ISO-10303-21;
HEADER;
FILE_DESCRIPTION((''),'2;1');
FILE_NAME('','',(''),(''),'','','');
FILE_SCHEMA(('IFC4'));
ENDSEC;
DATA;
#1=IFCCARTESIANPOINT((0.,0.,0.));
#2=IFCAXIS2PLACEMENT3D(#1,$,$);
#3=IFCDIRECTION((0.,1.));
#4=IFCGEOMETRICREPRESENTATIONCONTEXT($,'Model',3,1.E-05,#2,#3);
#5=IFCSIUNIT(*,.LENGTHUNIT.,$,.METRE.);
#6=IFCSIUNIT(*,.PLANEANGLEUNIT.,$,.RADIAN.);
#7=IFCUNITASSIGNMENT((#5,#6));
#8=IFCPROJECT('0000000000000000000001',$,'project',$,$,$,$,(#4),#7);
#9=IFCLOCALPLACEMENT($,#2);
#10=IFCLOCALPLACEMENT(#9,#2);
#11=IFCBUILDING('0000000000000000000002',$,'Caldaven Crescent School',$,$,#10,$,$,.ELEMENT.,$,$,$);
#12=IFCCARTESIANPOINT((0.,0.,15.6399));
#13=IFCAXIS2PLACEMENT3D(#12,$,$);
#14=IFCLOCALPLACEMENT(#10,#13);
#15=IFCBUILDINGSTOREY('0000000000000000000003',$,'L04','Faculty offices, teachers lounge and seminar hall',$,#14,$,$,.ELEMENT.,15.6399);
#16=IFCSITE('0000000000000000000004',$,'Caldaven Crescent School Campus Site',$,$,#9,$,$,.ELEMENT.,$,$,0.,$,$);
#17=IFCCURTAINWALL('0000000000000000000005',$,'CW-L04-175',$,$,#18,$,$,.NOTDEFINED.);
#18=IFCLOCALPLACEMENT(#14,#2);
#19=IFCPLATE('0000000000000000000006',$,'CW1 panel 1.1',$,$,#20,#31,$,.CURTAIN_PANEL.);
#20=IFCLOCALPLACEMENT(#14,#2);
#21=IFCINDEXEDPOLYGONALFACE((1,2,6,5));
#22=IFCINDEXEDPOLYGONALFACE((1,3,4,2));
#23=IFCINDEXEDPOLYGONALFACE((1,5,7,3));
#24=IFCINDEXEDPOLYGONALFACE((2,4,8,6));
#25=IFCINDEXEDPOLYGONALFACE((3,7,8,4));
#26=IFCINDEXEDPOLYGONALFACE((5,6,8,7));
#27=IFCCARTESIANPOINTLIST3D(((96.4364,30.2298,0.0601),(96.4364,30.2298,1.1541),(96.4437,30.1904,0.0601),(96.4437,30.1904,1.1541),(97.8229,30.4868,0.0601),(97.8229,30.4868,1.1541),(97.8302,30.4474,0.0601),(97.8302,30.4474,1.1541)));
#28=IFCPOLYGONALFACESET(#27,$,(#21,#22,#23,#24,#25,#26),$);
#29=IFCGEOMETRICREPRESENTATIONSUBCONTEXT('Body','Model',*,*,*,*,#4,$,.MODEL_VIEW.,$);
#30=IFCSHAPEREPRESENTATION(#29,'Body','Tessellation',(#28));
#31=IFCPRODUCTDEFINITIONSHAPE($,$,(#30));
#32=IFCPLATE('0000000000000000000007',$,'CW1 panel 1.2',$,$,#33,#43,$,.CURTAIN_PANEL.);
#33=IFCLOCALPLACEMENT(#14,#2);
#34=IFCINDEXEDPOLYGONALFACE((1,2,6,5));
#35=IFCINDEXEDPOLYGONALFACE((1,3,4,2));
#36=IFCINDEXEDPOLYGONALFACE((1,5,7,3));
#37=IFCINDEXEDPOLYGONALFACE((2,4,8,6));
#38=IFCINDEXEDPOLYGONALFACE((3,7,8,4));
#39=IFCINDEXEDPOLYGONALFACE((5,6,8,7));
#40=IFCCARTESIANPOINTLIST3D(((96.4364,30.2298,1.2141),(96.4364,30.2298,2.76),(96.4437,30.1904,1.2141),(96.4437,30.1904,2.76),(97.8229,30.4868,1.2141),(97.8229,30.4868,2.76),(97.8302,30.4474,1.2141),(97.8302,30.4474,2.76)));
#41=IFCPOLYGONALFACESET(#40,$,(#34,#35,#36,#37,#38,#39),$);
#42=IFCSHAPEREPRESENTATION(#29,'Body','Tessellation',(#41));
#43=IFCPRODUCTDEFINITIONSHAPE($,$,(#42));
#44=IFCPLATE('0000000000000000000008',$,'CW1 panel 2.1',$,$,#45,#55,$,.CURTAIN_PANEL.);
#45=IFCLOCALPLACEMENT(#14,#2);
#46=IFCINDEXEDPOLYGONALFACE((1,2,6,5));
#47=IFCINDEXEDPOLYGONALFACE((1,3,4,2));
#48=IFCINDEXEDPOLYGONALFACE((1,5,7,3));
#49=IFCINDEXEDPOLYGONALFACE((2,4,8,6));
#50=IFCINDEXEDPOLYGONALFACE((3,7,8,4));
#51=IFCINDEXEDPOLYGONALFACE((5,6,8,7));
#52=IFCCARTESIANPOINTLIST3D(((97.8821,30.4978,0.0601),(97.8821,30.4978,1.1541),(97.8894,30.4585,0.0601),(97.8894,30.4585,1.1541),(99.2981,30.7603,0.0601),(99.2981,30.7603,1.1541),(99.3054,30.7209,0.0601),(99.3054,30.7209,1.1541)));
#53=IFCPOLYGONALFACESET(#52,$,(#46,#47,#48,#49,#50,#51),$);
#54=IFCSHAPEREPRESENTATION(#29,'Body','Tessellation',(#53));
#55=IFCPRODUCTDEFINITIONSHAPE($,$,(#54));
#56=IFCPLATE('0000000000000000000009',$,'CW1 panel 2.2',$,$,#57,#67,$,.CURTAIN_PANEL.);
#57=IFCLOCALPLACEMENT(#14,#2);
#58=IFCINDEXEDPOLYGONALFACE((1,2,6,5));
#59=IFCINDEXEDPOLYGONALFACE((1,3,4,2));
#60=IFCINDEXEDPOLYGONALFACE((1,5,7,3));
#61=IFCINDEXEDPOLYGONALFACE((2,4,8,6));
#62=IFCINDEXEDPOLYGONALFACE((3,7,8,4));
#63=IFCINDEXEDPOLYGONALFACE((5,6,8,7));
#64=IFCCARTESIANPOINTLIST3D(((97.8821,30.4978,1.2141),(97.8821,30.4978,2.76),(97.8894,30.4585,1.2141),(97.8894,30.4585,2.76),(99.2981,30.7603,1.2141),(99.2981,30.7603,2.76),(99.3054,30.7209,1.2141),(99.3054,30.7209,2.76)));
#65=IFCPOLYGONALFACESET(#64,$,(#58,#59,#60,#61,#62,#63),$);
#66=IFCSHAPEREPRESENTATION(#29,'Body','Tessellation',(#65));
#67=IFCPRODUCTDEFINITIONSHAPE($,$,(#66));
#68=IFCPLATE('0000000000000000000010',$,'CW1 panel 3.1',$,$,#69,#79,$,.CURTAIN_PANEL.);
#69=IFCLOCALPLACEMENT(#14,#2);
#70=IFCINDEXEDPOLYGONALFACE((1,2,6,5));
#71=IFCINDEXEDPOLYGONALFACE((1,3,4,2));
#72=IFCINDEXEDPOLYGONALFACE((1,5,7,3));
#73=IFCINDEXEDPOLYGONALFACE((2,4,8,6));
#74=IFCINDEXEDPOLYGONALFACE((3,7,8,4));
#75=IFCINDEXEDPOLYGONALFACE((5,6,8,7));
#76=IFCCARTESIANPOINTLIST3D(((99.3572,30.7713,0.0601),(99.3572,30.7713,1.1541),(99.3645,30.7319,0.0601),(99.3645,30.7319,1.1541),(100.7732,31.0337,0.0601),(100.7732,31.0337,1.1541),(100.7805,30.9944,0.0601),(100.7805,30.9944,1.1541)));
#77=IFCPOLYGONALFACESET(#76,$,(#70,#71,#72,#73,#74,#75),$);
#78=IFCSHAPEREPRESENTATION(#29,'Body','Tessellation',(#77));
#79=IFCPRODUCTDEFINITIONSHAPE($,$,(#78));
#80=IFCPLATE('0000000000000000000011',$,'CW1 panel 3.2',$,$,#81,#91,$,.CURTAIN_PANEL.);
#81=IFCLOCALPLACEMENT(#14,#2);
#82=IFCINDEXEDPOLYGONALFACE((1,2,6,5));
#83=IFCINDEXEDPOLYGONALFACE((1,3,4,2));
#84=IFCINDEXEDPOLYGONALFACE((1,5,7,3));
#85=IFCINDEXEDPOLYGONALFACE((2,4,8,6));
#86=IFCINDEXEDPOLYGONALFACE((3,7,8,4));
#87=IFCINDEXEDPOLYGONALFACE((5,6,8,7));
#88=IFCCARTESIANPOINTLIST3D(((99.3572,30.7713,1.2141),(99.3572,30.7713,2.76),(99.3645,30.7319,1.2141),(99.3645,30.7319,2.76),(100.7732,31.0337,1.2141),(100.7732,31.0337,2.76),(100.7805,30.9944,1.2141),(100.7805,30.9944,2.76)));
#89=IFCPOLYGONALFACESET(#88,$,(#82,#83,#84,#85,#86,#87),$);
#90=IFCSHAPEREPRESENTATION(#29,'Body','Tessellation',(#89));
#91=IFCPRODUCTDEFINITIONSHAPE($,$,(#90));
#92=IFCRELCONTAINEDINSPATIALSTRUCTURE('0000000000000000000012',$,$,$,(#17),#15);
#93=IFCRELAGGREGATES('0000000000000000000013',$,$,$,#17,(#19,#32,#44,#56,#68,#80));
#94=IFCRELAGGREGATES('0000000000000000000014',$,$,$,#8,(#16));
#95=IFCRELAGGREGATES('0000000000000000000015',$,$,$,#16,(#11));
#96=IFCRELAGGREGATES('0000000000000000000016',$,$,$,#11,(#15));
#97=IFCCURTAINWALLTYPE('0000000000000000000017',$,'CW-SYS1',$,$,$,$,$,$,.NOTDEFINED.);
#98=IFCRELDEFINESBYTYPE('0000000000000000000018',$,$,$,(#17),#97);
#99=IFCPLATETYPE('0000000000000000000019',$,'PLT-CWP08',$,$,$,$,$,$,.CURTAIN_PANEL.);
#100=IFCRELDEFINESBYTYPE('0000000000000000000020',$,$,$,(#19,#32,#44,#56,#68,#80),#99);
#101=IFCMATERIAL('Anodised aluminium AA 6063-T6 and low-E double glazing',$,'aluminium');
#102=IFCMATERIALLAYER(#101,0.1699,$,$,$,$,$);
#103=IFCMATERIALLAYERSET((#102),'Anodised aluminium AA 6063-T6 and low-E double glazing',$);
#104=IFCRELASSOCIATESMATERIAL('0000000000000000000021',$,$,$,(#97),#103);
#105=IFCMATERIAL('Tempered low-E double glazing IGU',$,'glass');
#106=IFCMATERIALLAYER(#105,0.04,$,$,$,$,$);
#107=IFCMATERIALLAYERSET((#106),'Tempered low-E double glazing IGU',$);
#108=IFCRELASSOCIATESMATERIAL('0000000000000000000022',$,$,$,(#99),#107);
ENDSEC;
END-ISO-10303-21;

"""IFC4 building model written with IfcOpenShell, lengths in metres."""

from ifc_helpers import new_model, si_unit, direction, frame, origin, origin_2d, place, context, subcontext, project, spatial, rectangle, extrude, material, layer, layer_set, type_object, element, aggregate, save


model = new_model("IFC4")

# Units and contexts
model_context = context("Model", 3, precision=1e-05, world=origin(), true_north=direction((0.0, 1.0)))
body_context = subcontext(model_context, "Body", "Model", "MODEL_VIEW")
ifc_project = project(units=[si_unit("LENGTHUNIT", "METRE"), si_unit("PLANEANGLEUNIT", "RADIAN")], contexts=[model_context])

# Site, building, storey
site_placement = place(None, origin())
site = spatial("IfcSite", under=ifc_project, at=site_placement, Name="Caldaven Crescent School Campus Site", CompositionType="ELEMENT", RefElevation=0.0)
building_placement = place(site_placement, origin())
building = spatial("IfcBuilding", under=site, at=building_placement, Name="Caldaven Crescent School", CompositionType="ELEMENT")
storey_placement = place(building_placement, frame((0.0, 0.0, 15.6399)))
storey = spatial("IfcBuildingStorey", under=building, at=storey_placement, Name="L04", Description="Faculty offices, teachers lounge and seminar hall", CompositionType="ELEMENT", Elevation=15.6399)

# Curtain wall
ifc_material_1 = material(Name="Anodised aluminium AA 6063-T6 and low-E double glazing", Category="aluminium")
ifc_layer_1 = layer(ifc_material_1, 0.1699)
ifc_layer_set_1 = layer_set([ifc_layer_1], Name="Anodised aluminium AA 6063-T6 and low-E double glazing")
curtain_wall_type = type_object("IfcCurtainWallType", Name="CW-SYS1", PredefinedType="NOTDEFINED", material=ifc_layer_set_1)
curtain_wall_placement = place(storey_placement, origin())
curtain_wall = element("IfcCurtainWall", 1, at=curtain_wall_placement, inside=storey, type_object=curtain_wall_type, Name="CW-L04-175", PredefinedType="NOTDEFINED")

# Plates
ifc_material_2 = material(Name="Tempered low-E double glazing IGU", Category="glass")
ifc_layer_2 = layer(ifc_material_2, 0.04)
ifc_layer_set_2 = layer_set([ifc_layer_2], Name="Tempered low-E double glazing IGU")
plate_type = type_object("IfcPlateType", Name="PLT-CWP08", PredefinedType="CURTAIN_PANEL", material=ifc_layer_set_2)
plate_1_placement = place(storey_placement, frame((97.1333, 30.3386, 0.0601), z_axis=(0.0, 0.0, 1.0), x_axis=(0.983255, 0.182236, 0.0)))
plate_1 = element("IfcPlate", 2, at=plate_1_placement, type_object=plate_type, Name="CW1 panel 1.1", PredefinedType="CURTAIN_PANEL", context=body_context, shape_type="SweptSolid", body=[
    extrude(rectangle(XDim=1.4102, YDim=0.04, at=origin_2d()), origin(), (0.0, 0.0, 1.0), 1.094),
])
plate_2_placement = place(storey_placement, frame((97.1333, 30.3386, 1.2141), z_axis=(0.0, 0.0, 1.0), x_axis=(0.983255, 0.182236, 0.0)))
plate_2 = element("IfcPlate", 3, at=plate_2_placement, type_object=plate_type, Name="CW1 panel 1.2", PredefinedType="CURTAIN_PANEL", context=body_context, shape_type="SweptSolid", body=[
    extrude(rectangle(XDim=1.4102, YDim=0.04, at=origin_2d()), origin(), (0.0, 0.0, 1.0), 1.5459),
])
plate_3_placement = place(storey_placement, frame((98.5938, 30.6094, 0.0601), z_axis=(0.0, 0.0, 1.0), x_axis=(0.983255, 0.182236, 0.0)))
plate_3 = element("IfcPlate", 4, at=plate_3_placement, type_object=plate_type, Name="CW1 panel 2.1", PredefinedType="CURTAIN_PANEL", context=body_context, shape_type="SweptSolid", body=[
    extrude(rectangle(XDim=1.4402, YDim=0.04, at=origin_2d()), origin(), (0.0, 0.0, 1.0), 1.094),
])
plate_4_placement = place(storey_placement, frame((98.5938, 30.6094, 1.2141), z_axis=(0.0, 0.0, 1.0), x_axis=(0.983255, 0.182236, 0.0)))
plate_4 = element("IfcPlate", 5, at=plate_4_placement, type_object=plate_type, Name="CW1 panel 2.2", PredefinedType="CURTAIN_PANEL", context=body_context, shape_type="SweptSolid", body=[
    extrude(rectangle(XDim=1.4402, YDim=0.04, at=origin_2d()), origin(), (0.0, 0.0, 1.0), 1.5459),
])
plate_5_placement = place(storey_placement, frame((100.0688, 30.8828, 0.0601), z_axis=(0.0, 0.0, 1.0), x_axis=(0.983255, 0.182236, 0.0)))
plate_5 = element("IfcPlate", 6, at=plate_5_placement, type_object=plate_type, Name="CW1 panel 3.1", PredefinedType="CURTAIN_PANEL", context=body_context, shape_type="SweptSolid", body=[
    extrude(rectangle(XDim=1.4402, YDim=0.04, at=origin_2d()), origin(), (0.0, 0.0, 1.0), 1.094),
])
plate_6_placement = place(storey_placement, frame((100.0688, 30.8828, 1.2141), z_axis=(0.0, 0.0, 1.0), x_axis=(0.983255, 0.182236, 0.0)))
plate_6 = element("IfcPlate", 7, at=plate_6_placement, type_object=plate_type, Name="CW1 panel 3.2", PredefinedType="CURTAIN_PANEL", context=body_context, shape_type="SweptSolid", body=[
    extrude(rectangle(XDim=1.4402, YDim=0.04, at=origin_2d()), origin(), (0.0, 0.0, 1.0), 1.5459),
])
aggregate(curtain_wall, [plate_1, plate_2, plate_3, plate_4, plate_5, plate_6])

save(model, "model.ifc")
